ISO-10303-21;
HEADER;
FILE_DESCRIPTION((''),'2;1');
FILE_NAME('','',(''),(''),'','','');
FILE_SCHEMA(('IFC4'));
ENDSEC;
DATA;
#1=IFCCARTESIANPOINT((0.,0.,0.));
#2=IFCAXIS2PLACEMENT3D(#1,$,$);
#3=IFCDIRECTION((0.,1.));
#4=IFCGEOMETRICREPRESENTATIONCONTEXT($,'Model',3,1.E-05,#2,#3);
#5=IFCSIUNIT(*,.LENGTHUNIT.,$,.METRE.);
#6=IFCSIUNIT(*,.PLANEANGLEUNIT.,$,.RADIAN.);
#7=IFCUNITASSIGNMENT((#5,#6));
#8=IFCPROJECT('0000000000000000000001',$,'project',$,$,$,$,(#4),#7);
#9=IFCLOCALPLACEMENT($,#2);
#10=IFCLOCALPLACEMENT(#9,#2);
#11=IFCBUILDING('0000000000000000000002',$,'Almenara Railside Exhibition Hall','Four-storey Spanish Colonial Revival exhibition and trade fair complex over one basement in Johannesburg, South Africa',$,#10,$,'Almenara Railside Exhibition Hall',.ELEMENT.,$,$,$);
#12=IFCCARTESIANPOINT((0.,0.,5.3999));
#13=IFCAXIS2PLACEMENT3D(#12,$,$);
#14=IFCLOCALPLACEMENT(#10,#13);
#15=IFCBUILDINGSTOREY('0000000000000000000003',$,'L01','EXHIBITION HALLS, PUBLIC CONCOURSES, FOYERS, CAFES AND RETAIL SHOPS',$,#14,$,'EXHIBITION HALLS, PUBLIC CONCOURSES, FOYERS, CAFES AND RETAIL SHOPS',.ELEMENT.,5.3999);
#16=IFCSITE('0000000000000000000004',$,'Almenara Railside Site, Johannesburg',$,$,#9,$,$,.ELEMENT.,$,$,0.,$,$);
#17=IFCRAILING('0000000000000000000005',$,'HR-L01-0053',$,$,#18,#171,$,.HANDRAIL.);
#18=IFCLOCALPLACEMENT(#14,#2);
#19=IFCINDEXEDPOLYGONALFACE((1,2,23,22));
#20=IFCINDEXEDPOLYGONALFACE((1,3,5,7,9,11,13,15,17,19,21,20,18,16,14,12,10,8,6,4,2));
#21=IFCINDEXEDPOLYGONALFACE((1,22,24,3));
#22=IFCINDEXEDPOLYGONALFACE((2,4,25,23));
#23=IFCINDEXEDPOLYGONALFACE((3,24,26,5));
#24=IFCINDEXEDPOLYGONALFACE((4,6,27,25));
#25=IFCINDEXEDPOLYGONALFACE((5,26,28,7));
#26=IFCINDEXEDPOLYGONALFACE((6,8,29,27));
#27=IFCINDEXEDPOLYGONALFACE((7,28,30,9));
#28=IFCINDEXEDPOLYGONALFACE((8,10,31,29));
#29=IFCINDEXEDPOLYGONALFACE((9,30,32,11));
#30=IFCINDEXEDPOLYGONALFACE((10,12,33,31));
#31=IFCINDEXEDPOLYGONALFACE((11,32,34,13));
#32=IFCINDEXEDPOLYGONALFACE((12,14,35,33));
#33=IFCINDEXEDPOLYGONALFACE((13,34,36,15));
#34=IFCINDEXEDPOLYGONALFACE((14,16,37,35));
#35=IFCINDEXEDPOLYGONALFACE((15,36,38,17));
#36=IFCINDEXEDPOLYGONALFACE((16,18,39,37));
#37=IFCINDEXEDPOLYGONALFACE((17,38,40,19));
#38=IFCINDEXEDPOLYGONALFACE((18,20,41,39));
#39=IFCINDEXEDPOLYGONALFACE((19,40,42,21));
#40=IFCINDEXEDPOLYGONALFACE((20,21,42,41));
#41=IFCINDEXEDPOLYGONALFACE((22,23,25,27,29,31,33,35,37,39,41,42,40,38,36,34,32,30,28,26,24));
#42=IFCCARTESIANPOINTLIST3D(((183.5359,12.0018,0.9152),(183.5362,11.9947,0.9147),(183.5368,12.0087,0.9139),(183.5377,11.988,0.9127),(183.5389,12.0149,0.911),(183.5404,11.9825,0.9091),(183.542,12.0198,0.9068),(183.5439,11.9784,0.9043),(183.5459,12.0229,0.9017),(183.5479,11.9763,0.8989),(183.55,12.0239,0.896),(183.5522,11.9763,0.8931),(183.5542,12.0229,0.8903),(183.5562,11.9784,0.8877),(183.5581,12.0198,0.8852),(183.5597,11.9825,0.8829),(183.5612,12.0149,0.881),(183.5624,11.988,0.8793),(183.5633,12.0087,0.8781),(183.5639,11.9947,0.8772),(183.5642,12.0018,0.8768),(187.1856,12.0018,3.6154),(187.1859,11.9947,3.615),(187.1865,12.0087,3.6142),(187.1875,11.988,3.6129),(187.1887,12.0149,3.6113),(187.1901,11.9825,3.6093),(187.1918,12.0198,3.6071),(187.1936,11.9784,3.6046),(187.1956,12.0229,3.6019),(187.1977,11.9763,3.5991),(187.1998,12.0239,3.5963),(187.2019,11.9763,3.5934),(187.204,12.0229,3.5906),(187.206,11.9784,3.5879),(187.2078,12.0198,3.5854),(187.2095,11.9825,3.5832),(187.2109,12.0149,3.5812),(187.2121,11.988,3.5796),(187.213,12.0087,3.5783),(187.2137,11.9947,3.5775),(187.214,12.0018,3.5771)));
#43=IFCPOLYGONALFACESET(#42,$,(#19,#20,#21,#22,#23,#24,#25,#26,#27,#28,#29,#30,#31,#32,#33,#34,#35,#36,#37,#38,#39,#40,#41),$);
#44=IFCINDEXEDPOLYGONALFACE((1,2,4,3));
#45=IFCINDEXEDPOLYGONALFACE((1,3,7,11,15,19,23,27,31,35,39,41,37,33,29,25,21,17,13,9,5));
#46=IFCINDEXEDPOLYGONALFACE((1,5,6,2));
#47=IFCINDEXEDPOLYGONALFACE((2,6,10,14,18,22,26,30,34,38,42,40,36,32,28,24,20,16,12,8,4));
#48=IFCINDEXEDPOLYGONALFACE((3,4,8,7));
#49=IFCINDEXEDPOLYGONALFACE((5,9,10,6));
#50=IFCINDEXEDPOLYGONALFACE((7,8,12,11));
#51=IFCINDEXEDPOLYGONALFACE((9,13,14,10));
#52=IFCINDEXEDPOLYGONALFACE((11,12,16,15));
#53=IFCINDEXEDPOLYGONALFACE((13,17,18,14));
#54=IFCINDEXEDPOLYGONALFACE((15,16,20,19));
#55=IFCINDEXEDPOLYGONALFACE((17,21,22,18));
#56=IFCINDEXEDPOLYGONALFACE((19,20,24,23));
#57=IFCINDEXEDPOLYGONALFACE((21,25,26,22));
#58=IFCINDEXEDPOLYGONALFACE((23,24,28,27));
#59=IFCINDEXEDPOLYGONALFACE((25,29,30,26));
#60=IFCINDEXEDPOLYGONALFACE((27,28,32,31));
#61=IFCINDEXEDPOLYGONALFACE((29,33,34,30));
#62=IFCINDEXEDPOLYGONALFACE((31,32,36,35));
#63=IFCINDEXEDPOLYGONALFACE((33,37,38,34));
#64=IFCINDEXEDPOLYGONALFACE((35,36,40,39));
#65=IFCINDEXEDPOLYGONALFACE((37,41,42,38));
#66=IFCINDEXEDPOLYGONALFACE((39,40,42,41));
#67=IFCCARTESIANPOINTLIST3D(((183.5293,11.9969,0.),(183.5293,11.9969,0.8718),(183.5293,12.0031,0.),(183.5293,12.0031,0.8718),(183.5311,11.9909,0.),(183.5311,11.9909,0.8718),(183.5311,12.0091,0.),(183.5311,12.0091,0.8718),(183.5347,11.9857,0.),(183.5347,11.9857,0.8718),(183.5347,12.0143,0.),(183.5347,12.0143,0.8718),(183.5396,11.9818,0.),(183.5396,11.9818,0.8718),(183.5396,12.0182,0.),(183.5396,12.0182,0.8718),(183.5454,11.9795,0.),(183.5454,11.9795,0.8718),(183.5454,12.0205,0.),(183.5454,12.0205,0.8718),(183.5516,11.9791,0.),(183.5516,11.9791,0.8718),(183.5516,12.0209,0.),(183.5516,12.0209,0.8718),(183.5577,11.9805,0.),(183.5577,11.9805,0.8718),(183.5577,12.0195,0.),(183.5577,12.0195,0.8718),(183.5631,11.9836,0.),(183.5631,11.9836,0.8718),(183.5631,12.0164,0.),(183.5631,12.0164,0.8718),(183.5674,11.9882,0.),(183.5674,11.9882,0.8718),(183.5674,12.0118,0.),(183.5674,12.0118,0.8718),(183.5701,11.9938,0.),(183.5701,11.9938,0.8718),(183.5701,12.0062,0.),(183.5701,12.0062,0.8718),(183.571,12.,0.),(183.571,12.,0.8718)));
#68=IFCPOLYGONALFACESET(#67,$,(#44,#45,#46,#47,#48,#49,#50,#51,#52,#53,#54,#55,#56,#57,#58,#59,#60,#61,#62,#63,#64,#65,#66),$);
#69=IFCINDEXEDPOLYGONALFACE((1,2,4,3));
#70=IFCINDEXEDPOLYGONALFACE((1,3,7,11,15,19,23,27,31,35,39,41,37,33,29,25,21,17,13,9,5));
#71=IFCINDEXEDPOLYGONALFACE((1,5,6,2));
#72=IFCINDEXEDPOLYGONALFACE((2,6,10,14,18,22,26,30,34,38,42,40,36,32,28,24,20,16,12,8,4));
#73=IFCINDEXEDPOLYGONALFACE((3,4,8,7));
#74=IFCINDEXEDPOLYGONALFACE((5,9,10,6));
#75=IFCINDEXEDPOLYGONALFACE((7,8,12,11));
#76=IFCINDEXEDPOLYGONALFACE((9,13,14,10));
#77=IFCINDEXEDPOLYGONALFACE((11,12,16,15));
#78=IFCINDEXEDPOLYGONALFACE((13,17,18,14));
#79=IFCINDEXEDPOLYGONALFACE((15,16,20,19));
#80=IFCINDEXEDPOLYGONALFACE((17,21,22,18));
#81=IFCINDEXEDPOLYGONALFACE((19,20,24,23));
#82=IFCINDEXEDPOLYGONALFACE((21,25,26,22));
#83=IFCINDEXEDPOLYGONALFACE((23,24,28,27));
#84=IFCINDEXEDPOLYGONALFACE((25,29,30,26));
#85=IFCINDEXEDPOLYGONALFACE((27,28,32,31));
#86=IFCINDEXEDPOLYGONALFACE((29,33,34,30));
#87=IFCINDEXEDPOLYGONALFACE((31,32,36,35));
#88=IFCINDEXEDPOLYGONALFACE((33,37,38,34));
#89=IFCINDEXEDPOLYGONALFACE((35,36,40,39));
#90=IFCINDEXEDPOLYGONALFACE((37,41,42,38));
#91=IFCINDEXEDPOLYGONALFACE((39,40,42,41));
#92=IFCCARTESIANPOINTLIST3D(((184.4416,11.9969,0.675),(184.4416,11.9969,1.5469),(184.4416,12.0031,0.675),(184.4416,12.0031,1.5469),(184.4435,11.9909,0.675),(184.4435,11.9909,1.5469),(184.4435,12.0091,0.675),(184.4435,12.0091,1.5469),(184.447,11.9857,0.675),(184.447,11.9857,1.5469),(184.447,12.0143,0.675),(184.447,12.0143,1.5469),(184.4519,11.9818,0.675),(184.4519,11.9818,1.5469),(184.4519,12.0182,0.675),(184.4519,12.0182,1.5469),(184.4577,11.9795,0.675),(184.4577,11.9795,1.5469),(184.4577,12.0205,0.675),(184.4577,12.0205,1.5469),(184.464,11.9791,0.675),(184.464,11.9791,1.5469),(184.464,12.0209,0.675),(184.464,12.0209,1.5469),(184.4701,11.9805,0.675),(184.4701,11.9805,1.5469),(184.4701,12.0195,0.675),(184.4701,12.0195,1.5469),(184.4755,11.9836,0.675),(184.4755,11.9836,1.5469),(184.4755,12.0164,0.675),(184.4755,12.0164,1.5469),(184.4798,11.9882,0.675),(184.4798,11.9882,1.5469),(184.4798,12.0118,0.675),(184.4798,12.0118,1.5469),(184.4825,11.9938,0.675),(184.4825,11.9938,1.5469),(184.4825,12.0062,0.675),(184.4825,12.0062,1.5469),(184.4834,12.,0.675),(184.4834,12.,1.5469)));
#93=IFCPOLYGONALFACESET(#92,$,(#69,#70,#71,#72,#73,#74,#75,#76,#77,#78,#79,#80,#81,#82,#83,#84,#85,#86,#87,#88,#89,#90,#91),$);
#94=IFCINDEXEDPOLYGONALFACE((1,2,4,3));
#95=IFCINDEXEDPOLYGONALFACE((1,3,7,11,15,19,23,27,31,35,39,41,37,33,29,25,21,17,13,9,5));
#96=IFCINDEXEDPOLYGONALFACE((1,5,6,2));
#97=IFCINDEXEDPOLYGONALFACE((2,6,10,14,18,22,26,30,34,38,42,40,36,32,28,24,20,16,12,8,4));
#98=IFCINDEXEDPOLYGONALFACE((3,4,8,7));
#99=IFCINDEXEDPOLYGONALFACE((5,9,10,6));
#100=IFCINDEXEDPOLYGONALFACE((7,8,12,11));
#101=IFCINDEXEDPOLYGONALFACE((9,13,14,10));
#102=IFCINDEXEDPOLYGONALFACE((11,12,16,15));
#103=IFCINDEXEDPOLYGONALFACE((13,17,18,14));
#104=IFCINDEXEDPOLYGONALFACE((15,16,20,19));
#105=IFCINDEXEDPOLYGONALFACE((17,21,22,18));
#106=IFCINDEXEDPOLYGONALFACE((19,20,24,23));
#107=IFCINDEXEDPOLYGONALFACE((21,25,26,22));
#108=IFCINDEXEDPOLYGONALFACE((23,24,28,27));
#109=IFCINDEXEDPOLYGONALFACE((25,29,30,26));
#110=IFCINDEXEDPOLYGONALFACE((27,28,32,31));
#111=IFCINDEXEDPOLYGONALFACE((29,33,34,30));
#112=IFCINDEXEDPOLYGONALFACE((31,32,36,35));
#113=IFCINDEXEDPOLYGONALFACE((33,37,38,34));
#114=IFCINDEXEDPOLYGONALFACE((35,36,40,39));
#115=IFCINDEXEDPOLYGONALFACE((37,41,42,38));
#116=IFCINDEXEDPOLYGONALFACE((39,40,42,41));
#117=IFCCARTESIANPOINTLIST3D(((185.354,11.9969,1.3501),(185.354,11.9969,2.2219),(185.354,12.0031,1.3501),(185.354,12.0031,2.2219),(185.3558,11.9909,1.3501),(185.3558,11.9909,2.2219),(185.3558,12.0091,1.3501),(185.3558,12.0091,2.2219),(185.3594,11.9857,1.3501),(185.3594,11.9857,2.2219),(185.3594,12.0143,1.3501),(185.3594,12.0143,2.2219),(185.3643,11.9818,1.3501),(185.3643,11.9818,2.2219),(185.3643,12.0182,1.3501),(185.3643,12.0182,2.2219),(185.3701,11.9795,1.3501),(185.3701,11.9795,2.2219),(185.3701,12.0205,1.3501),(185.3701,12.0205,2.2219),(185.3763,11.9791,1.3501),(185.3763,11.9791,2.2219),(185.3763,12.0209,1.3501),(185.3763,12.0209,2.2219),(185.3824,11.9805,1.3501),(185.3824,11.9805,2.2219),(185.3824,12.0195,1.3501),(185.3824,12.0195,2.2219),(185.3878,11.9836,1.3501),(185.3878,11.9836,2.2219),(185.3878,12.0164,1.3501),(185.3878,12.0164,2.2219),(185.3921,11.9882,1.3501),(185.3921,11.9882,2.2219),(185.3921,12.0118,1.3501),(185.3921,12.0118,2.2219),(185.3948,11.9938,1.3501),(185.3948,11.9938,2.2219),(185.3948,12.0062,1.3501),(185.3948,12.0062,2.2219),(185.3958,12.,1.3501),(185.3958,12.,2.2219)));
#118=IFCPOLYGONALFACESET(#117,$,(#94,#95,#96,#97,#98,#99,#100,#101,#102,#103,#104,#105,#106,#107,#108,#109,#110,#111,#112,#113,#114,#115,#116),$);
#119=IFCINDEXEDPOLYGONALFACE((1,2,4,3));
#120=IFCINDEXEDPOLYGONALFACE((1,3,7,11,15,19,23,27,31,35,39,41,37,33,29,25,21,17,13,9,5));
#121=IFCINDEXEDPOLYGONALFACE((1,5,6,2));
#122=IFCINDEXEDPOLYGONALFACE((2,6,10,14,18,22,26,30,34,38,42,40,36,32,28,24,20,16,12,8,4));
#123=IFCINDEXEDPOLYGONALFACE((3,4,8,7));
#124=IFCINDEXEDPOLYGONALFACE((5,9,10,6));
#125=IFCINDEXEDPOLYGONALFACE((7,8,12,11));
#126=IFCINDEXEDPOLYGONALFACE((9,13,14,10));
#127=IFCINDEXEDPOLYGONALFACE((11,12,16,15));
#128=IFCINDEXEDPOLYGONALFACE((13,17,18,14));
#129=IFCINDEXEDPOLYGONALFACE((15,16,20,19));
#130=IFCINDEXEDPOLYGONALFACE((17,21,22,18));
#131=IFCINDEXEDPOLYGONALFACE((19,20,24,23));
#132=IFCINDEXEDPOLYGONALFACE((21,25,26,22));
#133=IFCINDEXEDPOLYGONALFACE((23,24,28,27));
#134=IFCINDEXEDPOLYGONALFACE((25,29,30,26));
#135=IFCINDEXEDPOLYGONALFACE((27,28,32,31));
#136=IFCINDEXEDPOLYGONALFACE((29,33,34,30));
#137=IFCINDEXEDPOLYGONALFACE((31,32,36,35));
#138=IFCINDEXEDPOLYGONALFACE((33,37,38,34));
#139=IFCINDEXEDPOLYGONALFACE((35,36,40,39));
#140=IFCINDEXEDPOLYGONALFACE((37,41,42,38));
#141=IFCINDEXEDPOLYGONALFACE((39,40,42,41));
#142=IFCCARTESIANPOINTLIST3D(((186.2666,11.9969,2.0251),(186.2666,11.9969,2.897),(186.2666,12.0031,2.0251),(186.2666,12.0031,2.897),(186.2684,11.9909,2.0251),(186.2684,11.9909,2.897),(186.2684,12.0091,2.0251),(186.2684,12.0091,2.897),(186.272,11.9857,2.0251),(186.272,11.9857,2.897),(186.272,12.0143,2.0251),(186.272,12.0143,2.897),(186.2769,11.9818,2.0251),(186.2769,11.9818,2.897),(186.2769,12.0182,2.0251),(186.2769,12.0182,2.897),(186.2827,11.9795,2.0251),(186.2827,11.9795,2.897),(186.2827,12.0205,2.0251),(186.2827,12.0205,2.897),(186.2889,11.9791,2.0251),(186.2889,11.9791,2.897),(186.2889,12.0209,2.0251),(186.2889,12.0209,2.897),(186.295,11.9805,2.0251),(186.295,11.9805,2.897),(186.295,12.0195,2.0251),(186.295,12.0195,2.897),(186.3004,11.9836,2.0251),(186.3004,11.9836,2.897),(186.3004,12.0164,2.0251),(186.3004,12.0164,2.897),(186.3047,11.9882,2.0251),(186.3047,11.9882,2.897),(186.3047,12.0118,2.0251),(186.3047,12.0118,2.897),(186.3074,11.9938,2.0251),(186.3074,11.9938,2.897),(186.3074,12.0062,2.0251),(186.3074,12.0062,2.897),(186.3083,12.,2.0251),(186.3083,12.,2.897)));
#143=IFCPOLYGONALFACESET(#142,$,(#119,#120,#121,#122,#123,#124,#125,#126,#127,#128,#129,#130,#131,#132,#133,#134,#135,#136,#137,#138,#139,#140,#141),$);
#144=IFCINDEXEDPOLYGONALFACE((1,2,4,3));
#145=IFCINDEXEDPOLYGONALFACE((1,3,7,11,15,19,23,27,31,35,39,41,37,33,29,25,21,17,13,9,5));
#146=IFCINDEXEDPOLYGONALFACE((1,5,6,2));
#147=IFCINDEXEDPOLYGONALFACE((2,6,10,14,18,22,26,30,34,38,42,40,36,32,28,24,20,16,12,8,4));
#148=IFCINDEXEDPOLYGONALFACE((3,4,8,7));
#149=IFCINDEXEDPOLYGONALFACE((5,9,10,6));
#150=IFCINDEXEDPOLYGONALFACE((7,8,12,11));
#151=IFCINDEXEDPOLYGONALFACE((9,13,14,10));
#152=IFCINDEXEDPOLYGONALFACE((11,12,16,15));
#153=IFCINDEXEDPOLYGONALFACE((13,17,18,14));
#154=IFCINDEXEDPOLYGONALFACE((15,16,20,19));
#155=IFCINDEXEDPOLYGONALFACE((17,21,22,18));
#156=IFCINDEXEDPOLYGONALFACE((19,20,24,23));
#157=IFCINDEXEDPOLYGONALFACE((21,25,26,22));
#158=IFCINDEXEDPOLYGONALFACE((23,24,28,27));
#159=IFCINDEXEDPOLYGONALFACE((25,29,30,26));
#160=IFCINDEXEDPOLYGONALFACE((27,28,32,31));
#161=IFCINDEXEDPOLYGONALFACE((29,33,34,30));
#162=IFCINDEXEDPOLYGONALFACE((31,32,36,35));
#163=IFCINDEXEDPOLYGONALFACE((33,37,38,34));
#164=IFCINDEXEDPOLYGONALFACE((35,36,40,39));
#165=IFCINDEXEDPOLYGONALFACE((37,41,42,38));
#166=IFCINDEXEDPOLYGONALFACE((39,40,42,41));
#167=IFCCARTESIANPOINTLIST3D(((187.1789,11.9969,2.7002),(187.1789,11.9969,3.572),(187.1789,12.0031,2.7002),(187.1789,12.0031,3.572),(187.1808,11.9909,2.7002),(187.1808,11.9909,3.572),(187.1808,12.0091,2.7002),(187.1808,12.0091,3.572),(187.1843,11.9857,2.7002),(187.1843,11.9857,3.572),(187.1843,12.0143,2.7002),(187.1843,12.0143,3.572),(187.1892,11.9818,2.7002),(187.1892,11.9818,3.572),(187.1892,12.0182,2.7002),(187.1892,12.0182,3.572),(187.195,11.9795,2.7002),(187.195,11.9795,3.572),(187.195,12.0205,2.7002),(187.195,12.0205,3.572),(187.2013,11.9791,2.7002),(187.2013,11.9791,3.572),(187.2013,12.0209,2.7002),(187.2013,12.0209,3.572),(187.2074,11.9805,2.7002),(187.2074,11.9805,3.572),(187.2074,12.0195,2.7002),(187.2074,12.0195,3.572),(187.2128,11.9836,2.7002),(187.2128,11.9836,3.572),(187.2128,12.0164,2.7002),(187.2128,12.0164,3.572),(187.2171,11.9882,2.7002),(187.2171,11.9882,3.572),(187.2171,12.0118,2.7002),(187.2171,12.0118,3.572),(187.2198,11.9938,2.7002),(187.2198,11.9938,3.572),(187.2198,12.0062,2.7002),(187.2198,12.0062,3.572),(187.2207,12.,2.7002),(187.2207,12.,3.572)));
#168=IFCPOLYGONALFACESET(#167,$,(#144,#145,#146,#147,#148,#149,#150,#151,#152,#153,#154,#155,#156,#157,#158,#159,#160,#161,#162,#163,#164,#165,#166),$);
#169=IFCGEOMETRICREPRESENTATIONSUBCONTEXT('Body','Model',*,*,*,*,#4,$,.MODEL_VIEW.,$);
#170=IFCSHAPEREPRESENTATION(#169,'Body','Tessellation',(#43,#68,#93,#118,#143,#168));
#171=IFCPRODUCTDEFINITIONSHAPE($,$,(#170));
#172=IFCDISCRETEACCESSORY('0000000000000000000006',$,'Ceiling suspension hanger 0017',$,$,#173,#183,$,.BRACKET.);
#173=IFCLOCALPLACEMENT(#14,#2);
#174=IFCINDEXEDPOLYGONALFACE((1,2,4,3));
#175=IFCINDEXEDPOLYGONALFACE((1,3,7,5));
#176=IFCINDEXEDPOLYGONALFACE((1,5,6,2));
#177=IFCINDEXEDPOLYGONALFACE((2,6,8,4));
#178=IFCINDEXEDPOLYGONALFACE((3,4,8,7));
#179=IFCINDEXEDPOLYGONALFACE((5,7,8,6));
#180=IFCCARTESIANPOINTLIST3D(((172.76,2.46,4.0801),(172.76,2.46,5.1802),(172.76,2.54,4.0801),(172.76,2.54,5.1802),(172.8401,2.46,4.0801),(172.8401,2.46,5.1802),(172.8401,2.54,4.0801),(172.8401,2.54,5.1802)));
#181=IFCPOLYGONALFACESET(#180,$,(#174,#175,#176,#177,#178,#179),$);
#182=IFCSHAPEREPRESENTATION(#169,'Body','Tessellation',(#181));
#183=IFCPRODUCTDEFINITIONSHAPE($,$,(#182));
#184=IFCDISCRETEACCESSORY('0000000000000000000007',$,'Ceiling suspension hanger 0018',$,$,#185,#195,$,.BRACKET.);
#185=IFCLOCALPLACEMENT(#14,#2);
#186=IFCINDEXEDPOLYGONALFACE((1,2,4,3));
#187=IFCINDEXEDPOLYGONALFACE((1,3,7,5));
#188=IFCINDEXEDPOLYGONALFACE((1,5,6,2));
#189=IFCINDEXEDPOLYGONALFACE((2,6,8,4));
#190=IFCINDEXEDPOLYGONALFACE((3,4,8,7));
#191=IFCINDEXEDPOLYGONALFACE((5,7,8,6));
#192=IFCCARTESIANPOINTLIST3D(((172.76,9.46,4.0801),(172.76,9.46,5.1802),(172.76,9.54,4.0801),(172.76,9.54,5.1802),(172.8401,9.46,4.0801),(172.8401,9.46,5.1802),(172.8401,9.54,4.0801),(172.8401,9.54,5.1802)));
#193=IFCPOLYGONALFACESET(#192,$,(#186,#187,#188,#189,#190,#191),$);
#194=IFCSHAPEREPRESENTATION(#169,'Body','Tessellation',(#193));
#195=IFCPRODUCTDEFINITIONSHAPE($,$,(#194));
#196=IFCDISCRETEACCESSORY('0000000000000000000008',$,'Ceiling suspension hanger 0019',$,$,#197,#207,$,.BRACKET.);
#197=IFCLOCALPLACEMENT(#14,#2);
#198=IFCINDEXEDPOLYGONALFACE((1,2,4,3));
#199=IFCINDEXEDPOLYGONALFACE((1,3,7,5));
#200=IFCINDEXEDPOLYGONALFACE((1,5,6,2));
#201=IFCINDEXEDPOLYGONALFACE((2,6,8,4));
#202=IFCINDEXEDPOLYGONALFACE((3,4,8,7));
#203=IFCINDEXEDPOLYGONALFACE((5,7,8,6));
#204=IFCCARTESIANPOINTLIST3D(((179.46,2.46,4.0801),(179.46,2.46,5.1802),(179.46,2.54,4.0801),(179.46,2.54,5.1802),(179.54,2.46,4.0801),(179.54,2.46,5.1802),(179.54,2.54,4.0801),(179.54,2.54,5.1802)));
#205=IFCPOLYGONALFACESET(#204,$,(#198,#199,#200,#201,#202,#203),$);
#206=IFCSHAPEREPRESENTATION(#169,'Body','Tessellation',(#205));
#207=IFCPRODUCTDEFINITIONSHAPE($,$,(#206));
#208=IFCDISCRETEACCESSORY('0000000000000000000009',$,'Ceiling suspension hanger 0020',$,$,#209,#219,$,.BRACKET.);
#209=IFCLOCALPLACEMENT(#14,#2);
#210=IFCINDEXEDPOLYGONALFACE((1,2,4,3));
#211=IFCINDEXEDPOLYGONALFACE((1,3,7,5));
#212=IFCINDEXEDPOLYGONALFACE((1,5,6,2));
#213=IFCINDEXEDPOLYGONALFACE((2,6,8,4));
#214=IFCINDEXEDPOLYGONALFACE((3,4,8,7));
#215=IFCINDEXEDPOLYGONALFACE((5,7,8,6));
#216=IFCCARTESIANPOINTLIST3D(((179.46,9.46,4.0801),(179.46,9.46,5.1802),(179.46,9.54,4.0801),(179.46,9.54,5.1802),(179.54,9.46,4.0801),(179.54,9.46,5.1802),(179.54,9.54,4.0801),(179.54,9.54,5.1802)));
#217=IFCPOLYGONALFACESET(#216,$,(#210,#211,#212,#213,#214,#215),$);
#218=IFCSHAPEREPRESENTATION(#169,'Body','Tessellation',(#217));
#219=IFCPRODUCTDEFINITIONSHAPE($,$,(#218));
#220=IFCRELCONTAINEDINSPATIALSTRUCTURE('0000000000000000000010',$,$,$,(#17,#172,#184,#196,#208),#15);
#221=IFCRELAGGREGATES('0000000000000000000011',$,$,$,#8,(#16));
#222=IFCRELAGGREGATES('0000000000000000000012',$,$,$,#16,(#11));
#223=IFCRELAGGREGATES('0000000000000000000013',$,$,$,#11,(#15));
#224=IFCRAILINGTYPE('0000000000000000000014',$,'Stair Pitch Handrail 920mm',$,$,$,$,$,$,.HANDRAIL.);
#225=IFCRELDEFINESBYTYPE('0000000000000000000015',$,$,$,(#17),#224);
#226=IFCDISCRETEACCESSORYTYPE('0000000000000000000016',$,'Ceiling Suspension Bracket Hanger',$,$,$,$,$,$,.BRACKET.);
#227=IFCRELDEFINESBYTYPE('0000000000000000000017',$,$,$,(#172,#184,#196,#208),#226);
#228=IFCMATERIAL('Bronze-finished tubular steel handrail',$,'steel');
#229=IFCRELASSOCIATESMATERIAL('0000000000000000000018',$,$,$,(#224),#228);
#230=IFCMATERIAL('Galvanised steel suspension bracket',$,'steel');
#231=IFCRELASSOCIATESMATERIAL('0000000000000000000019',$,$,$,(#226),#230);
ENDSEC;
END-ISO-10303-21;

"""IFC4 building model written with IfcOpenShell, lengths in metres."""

from ifc_helpers import new_model, si_unit, direction, frame, origin, origin_2d, place, context, subcontext, project, spatial, rectangle, circle, extrude, material, type_object, element, save


model = new_model("IFC4")

# Units and contexts
model_context = context("Model", 3, precision=1e-05, world=origin(), true_north=direction((0.0, 1.0)))
body_context = subcontext(model_context, "Body", "Model", "MODEL_VIEW")
ifc_project = project(units=[si_unit("LENGTHUNIT", "METRE"), si_unit("PLANEANGLEUNIT", "RADIAN")], contexts=[model_context])

# Site, building, storey
site_placement = place(None, origin())
site = spatial("IfcSite", under=ifc_project, at=site_placement, Name="Almenara Railside Site, Johannesburg", CompositionType="ELEMENT", RefElevation=0.0)
building_placement = place(site_placement, origin())
building = spatial("IfcBuilding", under=site, at=building_placement, Name="Almenara Railside Exhibition Hall", Description="Four-storey Spanish Colonial Revival exhibition and trade fair complex over one basement in Johannesburg, South Africa", LongName="Almenara Railside Exhibition Hall", CompositionType="ELEMENT")
storey_placement = place(building_placement, frame((0.0, 0.0, 5.3999)))
storey = spatial("IfcBuildingStorey", under=building, at=storey_placement, Name="L01", Description="EXHIBITION HALLS, PUBLIC CONCOURSES, FOYERS, CAFES AND RETAIL SHOPS", LongName="EXHIBITION HALLS, PUBLIC CONCOURSES, FOYERS, CAFES AND RETAIL SHOPS", CompositionType="ELEMENT", Elevation=5.3999)

# Railing
ifc_material_1 = material(Name="Bronze-finished tubular steel handrail", Category="steel")
railing_type = type_object("IfcRailingType", Name="Stair Pitch Handrail 920mm", PredefinedType="HANDRAIL", material=ifc_material_1)
railing_placement = place(storey_placement, frame((183.55, 12.0, 0.0)))
element("IfcRailing", 1, at=railing_placement, inside=storey, type_object=railing_type, Name="HR-L01-0053", PredefinedType="HANDRAIL", context=body_context, shape_type="SweptSolid", body=[
    extrude(circle(Radius=0.0239, at=origin_2d()), frame((0.0, 0.0, 0.896), z_axis=(0.8039, 0.0, 0.594764), x_axis=(0.0, 1.0, 0.0)), (0.0, 0.0, 1.0), 4.54),
    extrude(circle(Radius=0.021, at=origin_2d()), origin(), (0.0, 0.0, 1.0), 0.8718),
    extrude(circle(Radius=0.021, at=origin_2d()), frame((0.9124, 0.0, 0.675)), (0.0, 0.0, 1.0), 0.8718),
    extrude(circle(Radius=0.021, at=origin_2d()), frame((1.8247, 0.0, 1.3501)), (0.0, 0.0, 1.0), 0.8718),
    extrude(circle(Radius=0.021, at=origin_2d()), frame((2.7373, 0.0, 2.0251)), (0.0, 0.0, 1.0), 0.8718),
    extrude(circle(Radius=0.021, at=origin_2d()), frame((3.6497, 0.0, 2.7002)), (0.0, 0.0, 1.0), 0.8718),
])

# Discrete accessories
ifc_material_2 = material(Name="Galvanised steel suspension bracket", Category="steel")
discrete_accessory_type = type_object("IfcDiscreteAccessoryType", Name="Ceiling Suspension Bracket Hanger", PredefinedType="BRACKET", material=ifc_material_2)
for number, where, z_axis, x_axis, name in (
    (2, (172.8, 2.5, 4.0801), (0.0, 0.0, 1.0), (1.0, 0.0, 0.0), "Ceiling suspension hanger 0017"),
    (3, (172.8, 9.5, 4.0801), (0.0, 0.0, 1.0), (1.0, 0.0, 0.0), "Ceiling suspension hanger 0018"),
    (4, (179.5, 2.5, 4.0801), (0.0, 0.0, 1.0), (1.0, 0.0, 0.0), "Ceiling suspension hanger 0019"),
    (5, (179.5, 9.5, 4.0801), (0.0, 0.0, 1.0), (1.0, 0.0, 0.0), "Ceiling suspension hanger 0020"),
):
    element("IfcDiscreteAccessory", number, at=place(storey_placement, frame(where, z_axis=z_axis, x_axis=x_axis)), inside=storey, type_object=discrete_accessory_type, Name=name, PredefinedType="BRACKET", context=body_context, shape_type="SweptSolid", body=[
        extrude(rectangle(XDim=0.0801, YDim=0.0801, at=origin_2d()), origin(), (0.0, 0.0, 1.0), 1.1001),
    ])

save(model, "model.ifc")
